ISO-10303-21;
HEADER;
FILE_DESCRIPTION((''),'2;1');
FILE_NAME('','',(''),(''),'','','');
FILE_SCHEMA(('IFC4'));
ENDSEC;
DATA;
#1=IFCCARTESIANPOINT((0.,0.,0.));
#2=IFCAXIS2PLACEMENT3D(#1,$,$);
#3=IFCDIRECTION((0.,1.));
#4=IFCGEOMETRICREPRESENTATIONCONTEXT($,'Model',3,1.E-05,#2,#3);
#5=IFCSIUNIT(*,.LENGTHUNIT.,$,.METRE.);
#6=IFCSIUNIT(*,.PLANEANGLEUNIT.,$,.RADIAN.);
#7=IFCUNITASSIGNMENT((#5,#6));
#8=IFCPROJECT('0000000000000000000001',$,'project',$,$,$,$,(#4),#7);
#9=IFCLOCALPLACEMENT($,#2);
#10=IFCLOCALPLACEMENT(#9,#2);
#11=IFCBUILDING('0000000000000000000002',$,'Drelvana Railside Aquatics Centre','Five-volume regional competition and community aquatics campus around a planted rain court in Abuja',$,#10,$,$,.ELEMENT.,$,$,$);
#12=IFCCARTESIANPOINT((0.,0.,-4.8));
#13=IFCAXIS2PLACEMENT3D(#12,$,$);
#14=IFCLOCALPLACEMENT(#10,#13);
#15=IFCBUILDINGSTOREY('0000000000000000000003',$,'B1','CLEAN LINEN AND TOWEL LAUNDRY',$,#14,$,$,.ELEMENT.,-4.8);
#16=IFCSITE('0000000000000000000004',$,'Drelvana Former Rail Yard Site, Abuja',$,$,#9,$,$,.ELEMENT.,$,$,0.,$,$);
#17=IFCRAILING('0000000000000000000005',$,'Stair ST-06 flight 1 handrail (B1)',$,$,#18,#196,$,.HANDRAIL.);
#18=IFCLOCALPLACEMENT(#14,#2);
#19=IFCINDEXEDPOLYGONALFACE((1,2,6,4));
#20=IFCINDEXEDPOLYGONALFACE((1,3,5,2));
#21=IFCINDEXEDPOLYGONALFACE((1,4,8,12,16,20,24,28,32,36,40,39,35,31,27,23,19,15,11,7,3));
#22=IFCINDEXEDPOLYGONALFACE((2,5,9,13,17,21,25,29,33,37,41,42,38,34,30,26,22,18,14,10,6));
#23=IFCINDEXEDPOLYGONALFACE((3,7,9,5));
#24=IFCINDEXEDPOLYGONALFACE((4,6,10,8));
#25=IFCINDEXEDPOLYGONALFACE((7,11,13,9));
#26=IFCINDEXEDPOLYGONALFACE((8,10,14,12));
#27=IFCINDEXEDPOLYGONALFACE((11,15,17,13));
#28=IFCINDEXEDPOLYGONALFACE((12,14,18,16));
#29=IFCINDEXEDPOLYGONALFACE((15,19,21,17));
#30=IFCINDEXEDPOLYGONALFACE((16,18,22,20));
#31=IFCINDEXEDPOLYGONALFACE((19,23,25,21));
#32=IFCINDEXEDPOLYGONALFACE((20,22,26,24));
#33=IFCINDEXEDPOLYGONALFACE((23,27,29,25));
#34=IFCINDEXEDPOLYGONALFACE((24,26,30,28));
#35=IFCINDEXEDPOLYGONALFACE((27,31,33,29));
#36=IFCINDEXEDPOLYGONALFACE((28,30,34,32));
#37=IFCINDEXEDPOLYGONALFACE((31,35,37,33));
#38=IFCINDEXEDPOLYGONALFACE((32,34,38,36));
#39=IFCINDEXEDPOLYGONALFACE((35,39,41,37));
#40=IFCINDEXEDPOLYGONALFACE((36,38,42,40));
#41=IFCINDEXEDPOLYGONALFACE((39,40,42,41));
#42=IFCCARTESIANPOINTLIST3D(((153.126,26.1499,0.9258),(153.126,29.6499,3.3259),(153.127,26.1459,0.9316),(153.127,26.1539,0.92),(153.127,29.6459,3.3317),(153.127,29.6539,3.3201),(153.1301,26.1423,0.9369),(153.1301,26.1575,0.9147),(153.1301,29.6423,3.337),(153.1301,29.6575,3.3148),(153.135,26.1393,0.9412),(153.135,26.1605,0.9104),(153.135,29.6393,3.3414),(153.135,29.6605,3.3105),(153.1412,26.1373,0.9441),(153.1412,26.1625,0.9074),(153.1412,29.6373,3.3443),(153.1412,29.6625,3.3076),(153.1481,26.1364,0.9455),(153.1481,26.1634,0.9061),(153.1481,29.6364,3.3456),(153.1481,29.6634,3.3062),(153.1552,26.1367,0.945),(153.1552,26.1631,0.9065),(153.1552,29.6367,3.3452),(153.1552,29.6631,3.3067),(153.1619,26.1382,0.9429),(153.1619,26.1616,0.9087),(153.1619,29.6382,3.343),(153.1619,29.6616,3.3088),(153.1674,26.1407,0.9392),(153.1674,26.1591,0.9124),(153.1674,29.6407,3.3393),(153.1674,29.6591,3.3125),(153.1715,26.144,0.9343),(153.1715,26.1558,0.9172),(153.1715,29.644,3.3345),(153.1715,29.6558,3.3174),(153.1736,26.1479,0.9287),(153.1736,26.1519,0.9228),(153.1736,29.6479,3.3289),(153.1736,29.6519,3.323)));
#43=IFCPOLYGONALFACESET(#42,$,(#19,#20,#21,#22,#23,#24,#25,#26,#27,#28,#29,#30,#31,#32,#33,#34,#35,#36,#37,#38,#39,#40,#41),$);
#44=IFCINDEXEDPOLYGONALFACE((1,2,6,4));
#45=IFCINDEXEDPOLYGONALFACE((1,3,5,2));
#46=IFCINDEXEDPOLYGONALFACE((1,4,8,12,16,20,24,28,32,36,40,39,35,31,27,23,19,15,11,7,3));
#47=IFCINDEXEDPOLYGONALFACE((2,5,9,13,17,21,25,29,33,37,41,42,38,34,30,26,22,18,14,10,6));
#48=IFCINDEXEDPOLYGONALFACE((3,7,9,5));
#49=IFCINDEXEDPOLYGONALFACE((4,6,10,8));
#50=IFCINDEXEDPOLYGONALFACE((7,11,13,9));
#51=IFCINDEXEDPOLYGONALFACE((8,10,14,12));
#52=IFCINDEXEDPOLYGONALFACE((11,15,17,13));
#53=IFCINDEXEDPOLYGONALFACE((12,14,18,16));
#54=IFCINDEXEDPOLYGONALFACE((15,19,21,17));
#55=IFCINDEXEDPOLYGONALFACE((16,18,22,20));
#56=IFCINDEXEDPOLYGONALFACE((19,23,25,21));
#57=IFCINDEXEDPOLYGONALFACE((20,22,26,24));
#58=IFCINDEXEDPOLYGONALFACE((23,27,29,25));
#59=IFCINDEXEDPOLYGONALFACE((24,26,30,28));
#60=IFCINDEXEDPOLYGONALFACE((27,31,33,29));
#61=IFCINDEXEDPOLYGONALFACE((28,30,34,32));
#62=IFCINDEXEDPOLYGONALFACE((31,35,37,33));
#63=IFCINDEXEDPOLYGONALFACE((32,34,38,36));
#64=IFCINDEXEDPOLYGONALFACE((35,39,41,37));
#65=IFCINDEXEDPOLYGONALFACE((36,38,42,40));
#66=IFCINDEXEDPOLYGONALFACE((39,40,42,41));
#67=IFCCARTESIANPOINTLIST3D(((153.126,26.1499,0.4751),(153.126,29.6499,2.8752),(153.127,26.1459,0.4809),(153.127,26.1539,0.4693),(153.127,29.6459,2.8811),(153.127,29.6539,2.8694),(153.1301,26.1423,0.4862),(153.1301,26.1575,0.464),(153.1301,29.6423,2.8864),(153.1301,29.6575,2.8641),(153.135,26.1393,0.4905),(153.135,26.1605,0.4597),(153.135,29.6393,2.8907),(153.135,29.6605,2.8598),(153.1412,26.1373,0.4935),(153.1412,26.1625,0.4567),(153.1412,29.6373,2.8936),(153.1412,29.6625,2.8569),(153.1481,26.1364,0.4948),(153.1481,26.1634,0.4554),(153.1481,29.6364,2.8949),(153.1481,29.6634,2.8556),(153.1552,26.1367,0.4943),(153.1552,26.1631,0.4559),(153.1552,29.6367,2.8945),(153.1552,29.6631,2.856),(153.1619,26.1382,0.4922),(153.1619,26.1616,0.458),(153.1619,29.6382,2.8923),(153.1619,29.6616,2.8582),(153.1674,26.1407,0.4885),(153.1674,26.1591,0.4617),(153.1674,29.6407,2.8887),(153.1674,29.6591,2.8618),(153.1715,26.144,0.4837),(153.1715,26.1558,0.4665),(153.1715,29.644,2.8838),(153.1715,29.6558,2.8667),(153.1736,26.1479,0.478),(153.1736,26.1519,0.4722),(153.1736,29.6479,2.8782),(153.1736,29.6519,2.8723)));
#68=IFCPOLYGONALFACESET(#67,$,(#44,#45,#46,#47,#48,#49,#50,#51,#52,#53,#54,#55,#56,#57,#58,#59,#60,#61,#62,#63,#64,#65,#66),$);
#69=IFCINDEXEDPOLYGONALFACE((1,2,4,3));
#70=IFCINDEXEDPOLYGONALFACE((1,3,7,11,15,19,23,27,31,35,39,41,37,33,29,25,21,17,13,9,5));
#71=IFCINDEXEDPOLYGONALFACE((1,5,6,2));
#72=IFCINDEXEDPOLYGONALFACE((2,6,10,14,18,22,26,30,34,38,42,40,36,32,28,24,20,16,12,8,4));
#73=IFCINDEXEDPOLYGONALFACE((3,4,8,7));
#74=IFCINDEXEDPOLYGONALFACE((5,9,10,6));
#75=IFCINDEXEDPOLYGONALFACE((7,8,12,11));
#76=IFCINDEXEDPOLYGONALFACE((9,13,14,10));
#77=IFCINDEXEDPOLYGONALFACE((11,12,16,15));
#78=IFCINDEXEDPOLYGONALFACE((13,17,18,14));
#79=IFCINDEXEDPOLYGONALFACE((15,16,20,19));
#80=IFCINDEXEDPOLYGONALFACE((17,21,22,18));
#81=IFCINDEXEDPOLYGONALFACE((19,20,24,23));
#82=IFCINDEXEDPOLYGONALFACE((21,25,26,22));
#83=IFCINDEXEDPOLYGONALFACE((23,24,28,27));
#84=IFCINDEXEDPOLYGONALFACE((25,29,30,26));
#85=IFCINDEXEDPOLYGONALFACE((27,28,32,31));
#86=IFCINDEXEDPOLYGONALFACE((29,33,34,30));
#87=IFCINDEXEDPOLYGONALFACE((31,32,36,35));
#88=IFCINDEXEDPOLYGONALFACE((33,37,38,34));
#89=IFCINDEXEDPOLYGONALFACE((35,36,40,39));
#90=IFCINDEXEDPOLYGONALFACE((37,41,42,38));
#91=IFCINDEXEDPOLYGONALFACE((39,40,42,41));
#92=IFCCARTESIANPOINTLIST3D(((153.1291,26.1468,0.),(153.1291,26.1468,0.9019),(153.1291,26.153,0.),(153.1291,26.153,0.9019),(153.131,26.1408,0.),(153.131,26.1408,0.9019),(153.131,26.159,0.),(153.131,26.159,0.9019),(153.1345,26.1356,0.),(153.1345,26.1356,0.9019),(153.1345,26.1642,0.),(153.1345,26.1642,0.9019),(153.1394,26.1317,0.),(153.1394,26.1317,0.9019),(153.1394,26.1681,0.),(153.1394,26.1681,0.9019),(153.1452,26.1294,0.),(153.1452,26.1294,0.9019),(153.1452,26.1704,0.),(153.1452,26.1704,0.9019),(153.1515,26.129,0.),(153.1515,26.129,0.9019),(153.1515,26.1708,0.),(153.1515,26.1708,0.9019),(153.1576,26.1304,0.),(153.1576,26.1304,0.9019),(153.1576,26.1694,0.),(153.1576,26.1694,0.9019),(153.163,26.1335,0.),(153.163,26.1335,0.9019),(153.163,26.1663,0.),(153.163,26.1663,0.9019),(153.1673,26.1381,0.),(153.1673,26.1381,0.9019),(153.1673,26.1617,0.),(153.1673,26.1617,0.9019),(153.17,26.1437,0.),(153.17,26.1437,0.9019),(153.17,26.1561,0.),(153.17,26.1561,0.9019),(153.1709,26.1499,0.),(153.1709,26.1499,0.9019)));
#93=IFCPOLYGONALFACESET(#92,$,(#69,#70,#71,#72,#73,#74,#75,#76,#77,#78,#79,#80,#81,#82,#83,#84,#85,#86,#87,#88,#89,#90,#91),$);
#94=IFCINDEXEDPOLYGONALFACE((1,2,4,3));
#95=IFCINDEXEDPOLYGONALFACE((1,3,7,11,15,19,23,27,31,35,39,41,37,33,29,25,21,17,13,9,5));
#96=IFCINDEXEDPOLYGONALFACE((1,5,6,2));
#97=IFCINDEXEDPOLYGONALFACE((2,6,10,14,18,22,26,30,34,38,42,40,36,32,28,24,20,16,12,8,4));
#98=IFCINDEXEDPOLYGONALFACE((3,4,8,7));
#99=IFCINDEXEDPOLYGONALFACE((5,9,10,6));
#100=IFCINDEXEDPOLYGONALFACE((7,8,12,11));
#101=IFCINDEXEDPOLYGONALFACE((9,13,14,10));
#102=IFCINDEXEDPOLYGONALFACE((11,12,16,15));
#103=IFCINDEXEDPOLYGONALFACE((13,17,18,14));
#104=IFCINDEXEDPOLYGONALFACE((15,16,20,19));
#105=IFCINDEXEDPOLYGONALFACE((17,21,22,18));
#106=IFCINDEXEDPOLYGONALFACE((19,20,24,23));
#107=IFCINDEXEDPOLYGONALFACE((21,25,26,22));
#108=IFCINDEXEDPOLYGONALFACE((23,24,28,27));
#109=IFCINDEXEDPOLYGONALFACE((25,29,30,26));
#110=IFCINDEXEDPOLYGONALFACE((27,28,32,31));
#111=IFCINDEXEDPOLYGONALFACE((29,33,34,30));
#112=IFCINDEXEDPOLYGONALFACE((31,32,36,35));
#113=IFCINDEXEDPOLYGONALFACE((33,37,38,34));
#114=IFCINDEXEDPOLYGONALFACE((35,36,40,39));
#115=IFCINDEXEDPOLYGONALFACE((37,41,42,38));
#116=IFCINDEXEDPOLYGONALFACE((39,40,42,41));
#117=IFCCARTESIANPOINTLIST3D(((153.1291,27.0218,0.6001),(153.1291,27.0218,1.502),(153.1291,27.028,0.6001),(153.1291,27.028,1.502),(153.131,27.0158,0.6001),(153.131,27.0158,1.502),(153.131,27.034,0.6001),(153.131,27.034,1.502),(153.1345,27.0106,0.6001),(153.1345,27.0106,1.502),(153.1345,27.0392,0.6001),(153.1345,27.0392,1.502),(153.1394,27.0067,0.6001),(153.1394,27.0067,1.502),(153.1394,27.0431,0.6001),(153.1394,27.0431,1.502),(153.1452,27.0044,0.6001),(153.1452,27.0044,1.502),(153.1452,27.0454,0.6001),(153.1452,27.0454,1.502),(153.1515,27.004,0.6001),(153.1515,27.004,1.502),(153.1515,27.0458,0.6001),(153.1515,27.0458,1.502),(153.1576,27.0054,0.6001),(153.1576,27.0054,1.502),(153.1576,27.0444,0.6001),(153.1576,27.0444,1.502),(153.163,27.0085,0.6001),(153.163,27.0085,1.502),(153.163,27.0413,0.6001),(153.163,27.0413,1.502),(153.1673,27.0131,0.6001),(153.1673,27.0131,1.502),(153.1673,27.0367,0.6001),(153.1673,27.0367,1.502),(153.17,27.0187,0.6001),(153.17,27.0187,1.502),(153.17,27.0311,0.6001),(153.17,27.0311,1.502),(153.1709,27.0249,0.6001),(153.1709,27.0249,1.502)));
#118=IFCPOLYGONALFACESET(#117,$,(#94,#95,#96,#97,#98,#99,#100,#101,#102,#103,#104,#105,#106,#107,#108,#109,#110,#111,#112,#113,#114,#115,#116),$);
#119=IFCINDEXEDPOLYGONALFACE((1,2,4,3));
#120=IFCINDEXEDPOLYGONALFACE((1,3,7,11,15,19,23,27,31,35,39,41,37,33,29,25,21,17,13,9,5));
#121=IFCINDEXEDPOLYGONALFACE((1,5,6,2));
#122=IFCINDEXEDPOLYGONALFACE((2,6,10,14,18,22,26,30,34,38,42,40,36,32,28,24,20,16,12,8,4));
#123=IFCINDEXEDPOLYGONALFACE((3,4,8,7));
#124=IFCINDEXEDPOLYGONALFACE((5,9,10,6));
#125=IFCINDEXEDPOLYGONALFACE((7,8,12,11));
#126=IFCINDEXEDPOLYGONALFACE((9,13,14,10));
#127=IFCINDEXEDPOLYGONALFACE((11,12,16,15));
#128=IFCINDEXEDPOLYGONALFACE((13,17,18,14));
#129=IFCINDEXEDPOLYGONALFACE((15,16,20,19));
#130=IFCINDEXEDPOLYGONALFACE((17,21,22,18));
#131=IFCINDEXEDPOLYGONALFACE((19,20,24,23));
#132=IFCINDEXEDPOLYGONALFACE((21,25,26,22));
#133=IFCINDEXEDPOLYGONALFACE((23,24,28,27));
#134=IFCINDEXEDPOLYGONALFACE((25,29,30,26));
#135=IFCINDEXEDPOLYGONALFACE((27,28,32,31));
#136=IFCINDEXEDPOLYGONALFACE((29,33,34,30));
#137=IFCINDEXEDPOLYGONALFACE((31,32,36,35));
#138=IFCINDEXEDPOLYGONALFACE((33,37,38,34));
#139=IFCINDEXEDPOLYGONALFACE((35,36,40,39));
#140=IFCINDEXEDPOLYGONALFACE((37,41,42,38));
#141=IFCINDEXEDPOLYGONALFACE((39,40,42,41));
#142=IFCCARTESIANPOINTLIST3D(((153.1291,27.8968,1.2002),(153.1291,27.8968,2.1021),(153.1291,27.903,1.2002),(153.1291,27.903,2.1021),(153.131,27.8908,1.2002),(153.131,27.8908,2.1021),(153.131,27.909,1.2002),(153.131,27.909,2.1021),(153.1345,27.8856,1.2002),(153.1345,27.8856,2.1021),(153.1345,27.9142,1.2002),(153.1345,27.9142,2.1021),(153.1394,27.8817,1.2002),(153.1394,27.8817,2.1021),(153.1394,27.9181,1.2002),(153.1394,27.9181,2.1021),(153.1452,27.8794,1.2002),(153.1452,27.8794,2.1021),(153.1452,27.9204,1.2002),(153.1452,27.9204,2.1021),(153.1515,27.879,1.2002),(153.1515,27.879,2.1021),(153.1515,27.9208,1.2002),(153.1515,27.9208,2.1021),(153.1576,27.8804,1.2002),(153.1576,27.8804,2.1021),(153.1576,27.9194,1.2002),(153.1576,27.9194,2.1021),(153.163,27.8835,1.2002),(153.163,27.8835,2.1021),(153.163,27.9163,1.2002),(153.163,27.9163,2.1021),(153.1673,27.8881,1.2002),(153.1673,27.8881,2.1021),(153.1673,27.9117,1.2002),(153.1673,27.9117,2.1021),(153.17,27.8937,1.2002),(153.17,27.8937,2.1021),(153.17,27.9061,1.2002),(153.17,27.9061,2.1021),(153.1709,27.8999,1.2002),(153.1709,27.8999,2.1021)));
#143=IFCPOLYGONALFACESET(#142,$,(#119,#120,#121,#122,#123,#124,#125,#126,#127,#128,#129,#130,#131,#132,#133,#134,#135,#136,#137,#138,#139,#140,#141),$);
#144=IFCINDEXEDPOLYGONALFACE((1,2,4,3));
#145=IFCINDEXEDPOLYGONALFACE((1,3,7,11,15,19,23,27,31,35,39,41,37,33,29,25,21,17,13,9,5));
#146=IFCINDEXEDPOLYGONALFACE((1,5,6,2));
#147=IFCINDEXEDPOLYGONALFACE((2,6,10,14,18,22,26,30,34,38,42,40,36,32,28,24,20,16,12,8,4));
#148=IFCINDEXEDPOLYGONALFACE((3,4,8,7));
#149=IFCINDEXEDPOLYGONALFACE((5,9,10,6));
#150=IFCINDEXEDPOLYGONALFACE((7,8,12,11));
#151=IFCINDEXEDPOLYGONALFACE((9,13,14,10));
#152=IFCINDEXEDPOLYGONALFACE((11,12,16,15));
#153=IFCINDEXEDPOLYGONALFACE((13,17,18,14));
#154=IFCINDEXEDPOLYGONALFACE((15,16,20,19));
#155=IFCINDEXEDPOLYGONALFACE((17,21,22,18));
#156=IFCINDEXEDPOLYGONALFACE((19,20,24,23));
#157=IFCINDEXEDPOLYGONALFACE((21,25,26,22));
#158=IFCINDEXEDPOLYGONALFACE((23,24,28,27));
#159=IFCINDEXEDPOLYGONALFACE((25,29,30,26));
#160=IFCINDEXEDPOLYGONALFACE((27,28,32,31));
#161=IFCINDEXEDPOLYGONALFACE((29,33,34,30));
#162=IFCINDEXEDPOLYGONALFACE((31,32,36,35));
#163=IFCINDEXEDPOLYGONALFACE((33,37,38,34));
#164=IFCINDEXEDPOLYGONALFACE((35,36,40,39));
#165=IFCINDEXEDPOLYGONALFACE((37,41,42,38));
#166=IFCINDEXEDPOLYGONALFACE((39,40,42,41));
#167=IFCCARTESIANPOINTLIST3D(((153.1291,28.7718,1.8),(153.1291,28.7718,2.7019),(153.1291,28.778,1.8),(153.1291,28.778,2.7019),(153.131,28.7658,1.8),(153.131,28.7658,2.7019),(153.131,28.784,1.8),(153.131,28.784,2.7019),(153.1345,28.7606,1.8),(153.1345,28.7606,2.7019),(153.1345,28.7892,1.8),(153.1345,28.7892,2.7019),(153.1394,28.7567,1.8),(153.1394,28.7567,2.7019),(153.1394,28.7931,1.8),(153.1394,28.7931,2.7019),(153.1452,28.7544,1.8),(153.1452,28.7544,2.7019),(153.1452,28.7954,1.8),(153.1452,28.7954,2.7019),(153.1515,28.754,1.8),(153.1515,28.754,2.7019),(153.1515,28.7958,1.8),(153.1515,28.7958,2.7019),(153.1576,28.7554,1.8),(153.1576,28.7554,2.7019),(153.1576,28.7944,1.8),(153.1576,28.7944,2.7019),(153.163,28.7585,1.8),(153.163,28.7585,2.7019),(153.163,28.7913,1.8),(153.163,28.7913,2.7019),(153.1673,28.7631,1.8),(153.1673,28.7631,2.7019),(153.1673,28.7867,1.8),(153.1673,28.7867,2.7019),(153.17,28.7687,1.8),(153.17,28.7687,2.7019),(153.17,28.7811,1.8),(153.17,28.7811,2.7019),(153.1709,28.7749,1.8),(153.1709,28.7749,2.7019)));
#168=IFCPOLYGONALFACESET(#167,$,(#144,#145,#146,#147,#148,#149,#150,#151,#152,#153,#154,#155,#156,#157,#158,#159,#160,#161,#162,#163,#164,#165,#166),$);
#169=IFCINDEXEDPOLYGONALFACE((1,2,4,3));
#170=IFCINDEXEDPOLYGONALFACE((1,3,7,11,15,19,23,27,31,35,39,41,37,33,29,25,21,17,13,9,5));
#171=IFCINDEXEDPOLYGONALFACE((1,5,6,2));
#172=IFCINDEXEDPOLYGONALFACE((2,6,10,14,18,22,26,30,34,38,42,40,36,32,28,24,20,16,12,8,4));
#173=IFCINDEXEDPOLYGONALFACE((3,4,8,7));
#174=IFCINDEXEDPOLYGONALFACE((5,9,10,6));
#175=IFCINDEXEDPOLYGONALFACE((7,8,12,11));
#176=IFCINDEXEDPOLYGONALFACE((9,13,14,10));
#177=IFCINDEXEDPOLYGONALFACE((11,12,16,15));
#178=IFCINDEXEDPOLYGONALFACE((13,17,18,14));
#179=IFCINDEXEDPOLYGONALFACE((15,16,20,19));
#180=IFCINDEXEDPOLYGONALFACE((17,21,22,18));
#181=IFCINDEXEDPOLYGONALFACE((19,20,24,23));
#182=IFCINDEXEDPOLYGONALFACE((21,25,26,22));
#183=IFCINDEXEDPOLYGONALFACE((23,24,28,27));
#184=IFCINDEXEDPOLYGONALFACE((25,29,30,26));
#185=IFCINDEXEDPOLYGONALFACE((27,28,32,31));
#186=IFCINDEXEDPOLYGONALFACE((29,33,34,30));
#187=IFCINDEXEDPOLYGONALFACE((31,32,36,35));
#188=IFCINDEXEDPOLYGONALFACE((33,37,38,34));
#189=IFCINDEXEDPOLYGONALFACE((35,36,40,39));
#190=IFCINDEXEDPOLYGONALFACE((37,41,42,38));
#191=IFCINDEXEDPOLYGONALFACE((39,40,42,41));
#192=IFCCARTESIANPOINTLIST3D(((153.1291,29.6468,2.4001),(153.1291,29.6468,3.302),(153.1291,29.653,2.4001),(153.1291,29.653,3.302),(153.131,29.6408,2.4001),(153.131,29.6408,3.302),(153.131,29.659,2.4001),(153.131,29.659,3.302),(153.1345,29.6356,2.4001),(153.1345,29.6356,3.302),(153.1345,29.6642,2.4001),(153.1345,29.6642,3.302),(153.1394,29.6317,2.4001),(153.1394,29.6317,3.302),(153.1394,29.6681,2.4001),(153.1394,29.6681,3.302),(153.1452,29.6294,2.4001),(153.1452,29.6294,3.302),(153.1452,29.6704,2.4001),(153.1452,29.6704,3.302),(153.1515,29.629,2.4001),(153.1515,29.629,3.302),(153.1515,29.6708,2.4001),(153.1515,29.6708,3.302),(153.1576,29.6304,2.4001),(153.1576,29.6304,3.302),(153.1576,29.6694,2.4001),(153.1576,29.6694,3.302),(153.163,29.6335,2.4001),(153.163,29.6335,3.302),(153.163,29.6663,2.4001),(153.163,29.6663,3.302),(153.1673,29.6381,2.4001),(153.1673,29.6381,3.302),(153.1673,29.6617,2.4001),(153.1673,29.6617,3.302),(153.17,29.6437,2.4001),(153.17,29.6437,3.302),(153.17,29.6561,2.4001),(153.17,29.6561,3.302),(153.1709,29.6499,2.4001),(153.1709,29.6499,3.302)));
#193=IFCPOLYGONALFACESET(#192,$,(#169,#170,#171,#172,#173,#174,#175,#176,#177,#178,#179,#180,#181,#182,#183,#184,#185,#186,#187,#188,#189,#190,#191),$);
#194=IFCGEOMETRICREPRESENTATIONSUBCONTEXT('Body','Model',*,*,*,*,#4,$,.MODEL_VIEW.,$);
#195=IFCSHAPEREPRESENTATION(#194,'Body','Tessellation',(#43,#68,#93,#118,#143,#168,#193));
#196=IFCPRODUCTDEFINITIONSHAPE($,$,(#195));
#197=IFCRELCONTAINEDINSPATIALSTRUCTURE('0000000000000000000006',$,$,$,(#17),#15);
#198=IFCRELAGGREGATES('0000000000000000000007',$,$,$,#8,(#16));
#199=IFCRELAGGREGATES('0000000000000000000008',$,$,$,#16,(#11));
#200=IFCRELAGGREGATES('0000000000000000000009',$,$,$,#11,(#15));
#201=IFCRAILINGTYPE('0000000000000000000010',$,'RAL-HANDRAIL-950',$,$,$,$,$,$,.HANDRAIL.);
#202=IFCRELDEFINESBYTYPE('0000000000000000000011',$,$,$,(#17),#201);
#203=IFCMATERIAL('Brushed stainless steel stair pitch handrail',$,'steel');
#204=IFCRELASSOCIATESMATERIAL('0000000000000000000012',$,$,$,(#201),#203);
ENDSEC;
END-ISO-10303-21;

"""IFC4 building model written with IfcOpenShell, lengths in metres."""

from ifc_helpers import new_model, si_unit, direction, frame, origin, origin_2d, place, context, subcontext, project, spatial, circle, extrude, material, type_object, element, save


model = new_model("IFC4")

# Units and contexts
model_context = context("Model", 3, precision=1e-05, world=origin(), true_north=direction((0.0, 1.0)))
body_context = subcontext(model_context, "Body", "Model", "MODEL_VIEW")
ifc_project = project(units=[si_unit("LENGTHUNIT", "METRE"), si_unit("PLANEANGLEUNIT", "RADIAN")], contexts=[model_context])

# Site, building, storey
site_placement = place(None, origin())
site = spatial("IfcSite", under=ifc_project, at=site_placement, Name="Drelvana Former Rail Yard Site, Abuja", CompositionType="ELEMENT", RefElevation=0.0)
building_placement = place(site_placement, origin())
building = spatial("IfcBuilding", under=site, at=building_placement, Name="Drelvana Railside Aquatics Centre", Description="Five-volume regional competition and community aquatics campus around a planted rain court in Abuja", CompositionType="ELEMENT")
storey_placement = place(building_placement, frame((0.0, 0.0, -4.8)))
storey = spatial("IfcBuildingStorey", under=building, at=storey_placement, Name="B1", Description="CLEAN LINEN AND TOWEL LAUNDRY", CompositionType="ELEMENT", Elevation=-4.8)

# Railing
ifc_material_1 = material(Name="Brushed stainless steel stair pitch handrail", Category="steel")
railing_type = type_object("IfcRailingType", Name="RAL-HANDRAIL-950", PredefinedType="HANDRAIL", material=ifc_material_1)
railing_placement = place(storey_placement, frame((153.1499, 26.1499, 0.0)))
element("IfcRailing", 1, at=railing_placement, inside=storey, type_object=railing_type, Name="Stair ST-06 flight 1 handrail (B1)", PredefinedType="HANDRAIL", context=body_context, shape_type="SweptSolid", body=[
    extrude(circle(Radius=0.0239, at=origin_2d()), frame((0.0, 0.0, 0.9258), z_axis=(0.0, 0.824713, 0.565552), x_axis=(-1.0, 0.0, 0.0)), (0.0, 0.0, 1.0), 4.2439),
    extrude(circle(Radius=0.0239, at=origin_2d()), frame((0.0, 0.0, 0.4751), z_axis=(0.0, 0.824713, 0.565552), x_axis=(-1.0, 0.0, 0.0)), (0.0, 0.0, 1.0), 4.2439),
    extrude(circle(Radius=0.021, at=origin_2d()), origin(), (0.0, 0.0, 1.0), 0.9019),
    extrude(circle(Radius=0.021, at=origin_2d()), frame((0.0, 0.875, 0.6001)), (0.0, 0.0, 1.0), 0.9019),
    extrude(circle(Radius=0.021, at=origin_2d()), frame((0.0, 1.75, 1.2002)), (0.0, 0.0, 1.0), 0.9019),
    extrude(circle(Radius=0.021, at=origin_2d()), frame((0.0, 2.625, 1.8)), (0.0, 0.0, 1.0), 0.9019),
    extrude(circle(Radius=0.021, at=origin_2d()), frame((0.0, 3.5, 2.4001)), (0.0, 0.0, 1.0), 0.9019),
])

save(model, "model.ifc")
